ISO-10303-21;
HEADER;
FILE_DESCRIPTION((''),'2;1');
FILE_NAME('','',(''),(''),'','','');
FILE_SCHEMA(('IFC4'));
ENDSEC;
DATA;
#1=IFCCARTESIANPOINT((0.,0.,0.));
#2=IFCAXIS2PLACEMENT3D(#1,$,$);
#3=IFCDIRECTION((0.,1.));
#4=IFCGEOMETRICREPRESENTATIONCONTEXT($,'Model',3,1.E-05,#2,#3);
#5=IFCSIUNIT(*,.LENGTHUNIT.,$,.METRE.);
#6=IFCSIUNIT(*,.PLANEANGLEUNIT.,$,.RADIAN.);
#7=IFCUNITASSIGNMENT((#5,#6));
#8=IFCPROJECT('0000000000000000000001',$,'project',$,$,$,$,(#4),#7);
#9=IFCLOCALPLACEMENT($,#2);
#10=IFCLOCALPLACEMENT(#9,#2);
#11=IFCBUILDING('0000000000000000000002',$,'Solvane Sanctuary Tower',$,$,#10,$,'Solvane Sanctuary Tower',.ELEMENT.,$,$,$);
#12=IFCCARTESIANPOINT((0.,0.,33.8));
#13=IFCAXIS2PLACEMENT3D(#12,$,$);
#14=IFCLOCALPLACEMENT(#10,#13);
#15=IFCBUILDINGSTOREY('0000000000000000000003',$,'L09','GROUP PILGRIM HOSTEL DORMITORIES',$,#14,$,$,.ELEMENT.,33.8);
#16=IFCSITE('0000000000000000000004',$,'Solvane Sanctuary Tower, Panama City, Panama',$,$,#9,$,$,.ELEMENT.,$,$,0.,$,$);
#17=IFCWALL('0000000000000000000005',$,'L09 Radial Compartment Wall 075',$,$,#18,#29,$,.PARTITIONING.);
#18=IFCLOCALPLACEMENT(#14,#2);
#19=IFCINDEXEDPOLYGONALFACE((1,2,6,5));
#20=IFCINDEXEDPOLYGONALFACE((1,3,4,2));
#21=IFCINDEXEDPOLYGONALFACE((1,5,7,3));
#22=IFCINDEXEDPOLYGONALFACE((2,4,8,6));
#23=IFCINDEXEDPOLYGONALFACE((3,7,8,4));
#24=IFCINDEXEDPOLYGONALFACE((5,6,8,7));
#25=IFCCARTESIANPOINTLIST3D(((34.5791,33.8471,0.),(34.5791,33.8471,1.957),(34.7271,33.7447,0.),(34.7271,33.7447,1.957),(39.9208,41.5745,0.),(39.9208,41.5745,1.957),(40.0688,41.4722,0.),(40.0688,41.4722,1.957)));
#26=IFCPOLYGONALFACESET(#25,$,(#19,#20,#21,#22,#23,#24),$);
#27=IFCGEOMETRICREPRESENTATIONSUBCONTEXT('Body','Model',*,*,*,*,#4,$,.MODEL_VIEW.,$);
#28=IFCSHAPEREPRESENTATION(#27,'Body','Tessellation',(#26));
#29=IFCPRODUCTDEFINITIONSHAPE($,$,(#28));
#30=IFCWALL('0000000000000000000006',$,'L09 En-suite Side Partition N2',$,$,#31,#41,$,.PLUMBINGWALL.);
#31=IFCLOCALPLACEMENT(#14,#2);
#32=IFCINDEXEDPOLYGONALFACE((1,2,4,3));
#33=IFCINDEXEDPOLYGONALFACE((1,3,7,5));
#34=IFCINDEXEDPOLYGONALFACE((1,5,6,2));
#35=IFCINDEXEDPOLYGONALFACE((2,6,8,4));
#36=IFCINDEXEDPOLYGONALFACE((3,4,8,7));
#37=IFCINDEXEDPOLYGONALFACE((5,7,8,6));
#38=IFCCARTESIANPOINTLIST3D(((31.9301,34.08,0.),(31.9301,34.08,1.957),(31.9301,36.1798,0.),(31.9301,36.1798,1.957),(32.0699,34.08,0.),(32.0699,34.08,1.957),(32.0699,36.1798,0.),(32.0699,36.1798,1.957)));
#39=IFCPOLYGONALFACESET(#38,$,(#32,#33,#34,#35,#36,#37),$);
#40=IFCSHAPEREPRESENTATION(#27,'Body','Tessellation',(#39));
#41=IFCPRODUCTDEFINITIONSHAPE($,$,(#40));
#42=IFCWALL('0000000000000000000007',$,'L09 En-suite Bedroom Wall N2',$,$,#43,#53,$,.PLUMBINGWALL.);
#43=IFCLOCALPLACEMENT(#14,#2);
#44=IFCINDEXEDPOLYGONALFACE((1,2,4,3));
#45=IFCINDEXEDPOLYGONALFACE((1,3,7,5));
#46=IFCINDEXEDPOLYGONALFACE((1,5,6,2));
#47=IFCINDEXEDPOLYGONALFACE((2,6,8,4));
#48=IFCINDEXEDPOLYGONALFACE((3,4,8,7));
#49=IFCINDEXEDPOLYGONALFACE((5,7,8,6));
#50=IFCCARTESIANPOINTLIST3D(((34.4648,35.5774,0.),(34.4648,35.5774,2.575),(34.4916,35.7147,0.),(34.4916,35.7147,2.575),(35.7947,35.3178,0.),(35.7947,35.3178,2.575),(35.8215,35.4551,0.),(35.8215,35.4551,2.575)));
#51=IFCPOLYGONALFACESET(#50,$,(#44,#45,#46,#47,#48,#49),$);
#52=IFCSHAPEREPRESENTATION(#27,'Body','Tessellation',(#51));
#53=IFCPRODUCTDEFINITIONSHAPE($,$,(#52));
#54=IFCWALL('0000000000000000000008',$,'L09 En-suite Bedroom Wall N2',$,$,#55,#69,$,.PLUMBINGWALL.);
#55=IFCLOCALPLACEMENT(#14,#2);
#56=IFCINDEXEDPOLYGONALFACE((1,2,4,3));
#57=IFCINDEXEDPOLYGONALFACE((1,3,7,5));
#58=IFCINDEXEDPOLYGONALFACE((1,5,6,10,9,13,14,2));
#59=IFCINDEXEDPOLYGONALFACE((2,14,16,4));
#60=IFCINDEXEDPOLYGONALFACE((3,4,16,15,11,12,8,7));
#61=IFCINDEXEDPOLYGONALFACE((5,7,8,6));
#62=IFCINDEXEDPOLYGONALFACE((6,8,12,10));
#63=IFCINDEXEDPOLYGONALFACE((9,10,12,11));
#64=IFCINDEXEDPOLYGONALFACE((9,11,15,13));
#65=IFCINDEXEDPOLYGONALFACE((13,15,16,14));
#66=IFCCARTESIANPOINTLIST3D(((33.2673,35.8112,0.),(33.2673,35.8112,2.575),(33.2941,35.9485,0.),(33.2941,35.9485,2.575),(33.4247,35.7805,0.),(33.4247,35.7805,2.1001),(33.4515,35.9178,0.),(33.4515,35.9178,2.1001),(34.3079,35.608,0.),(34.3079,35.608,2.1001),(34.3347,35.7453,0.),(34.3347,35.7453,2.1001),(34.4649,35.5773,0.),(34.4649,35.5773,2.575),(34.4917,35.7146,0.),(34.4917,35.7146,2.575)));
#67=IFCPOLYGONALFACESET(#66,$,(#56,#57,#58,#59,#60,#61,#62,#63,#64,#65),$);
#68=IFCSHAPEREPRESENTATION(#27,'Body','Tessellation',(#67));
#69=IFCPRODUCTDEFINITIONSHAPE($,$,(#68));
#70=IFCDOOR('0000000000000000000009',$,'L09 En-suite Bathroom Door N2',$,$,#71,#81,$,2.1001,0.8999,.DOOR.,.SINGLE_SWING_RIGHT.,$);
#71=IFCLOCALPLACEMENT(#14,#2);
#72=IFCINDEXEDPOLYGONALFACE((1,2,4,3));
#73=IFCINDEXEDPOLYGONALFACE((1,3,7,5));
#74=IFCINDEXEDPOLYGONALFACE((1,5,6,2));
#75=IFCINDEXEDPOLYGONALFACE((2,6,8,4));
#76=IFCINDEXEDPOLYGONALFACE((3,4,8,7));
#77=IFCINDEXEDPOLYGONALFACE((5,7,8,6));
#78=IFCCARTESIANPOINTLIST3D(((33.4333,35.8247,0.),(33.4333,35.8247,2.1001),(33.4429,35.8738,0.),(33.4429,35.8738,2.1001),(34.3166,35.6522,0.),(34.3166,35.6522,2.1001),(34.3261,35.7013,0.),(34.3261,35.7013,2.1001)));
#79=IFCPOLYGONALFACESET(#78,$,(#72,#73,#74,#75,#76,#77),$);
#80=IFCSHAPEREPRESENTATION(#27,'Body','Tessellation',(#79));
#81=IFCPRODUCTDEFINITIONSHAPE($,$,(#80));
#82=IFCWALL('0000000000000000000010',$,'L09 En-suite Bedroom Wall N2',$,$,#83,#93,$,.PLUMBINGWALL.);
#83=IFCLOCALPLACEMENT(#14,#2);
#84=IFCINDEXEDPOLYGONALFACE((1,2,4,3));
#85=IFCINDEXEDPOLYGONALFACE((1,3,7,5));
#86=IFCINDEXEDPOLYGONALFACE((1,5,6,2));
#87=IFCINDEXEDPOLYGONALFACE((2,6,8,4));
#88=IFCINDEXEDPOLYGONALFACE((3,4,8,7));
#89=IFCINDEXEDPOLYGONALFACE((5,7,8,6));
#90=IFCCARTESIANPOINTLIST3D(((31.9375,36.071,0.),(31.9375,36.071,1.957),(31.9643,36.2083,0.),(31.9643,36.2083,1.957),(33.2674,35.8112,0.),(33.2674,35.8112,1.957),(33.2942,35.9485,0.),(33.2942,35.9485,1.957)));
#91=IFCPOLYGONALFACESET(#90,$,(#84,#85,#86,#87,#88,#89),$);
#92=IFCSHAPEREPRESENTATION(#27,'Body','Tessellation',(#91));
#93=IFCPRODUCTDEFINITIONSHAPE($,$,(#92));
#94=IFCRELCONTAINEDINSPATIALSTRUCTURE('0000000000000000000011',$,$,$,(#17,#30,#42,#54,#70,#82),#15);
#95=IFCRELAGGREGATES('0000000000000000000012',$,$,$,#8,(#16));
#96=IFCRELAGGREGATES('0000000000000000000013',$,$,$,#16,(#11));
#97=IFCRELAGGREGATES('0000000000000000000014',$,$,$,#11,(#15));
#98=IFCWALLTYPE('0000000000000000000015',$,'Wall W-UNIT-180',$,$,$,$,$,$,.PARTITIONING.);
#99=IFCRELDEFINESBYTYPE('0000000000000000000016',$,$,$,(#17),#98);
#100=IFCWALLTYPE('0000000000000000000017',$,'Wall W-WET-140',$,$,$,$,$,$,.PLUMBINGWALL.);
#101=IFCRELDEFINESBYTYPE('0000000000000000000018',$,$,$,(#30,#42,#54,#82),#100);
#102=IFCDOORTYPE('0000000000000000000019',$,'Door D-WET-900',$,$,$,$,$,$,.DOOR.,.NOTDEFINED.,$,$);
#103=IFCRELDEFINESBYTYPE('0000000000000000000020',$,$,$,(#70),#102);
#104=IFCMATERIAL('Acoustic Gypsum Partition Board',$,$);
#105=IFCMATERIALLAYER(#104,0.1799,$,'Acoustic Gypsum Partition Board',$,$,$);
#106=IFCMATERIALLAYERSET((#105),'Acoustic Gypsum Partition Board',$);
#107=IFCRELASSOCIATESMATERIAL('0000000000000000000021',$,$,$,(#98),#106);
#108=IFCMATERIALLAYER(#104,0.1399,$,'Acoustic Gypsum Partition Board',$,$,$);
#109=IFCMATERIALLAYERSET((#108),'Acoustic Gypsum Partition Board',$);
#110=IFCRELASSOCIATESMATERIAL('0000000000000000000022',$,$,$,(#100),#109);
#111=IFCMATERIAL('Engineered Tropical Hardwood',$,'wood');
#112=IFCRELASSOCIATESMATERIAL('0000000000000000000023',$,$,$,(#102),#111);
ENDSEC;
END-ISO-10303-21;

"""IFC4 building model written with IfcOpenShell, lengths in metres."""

from ifc_helpers import new_model, si_unit, direction, frame, frame_2d, origin, place, context, subcontext, project, spatial, rectangle, extrude, material, layer, layer_set, type_object, element, fill, save


model = new_model("IFC4")

# Units and contexts
model_context = context("Model", 3, precision=1e-05, world=origin(), true_north=direction((0.0, 1.0)))
body_context = subcontext(model_context, "Body", "Model", "MODEL_VIEW")
ifc_project = project(units=[si_unit("LENGTHUNIT", "METRE"), si_unit("PLANEANGLEUNIT", "RADIAN")], contexts=[model_context])

# Site, building, storey
site_placement = place(None, origin())
site = spatial("IfcSite", under=ifc_project, at=site_placement, Name="Solvane Sanctuary Tower, Panama City, Panama", CompositionType="ELEMENT", RefElevation=0.0)
building_placement = place(site_placement, origin())
building = spatial("IfcBuilding", under=site, at=building_placement, Name="Solvane Sanctuary Tower", LongName="Solvane Sanctuary Tower", CompositionType="ELEMENT")
storey_placement = place(building_placement, frame((0.0, 0.0, 33.8)))
storey = spatial("IfcBuildingStorey", under=building, at=storey_placement, Name="L09", Description="GROUP PILGRIM HOSTEL DORMITORIES", CompositionType="ELEMENT", Elevation=33.8)

# Shared definitions
ifc_material_1 = material(Name="Acoustic Gypsum Partition Board")

# Shared definitions
ifc_material_2 = material(Name="Engineered Tropical Hardwood", Category="wood")

# Walls
ifc_layer_1 = layer(ifc_material_1, 0.1799, Name="Acoustic Gypsum Partition Board")
ifc_layer_set_1 = layer_set([ifc_layer_1], Name="Acoustic Gypsum Partition Board")
wall_type_1 = type_object("IfcWallType", Name="Wall W-UNIT-180", PredefinedType="PARTITIONING", material=ifc_layer_set_1)
wall_1_placement = place(storey_placement, frame((34.6531, 33.7959, 0.0), z_axis=(0.0, 0.0, 1.0), x_axis=(0.568631, 0.822592, 0.0)))
element("IfcWall", 1, at=wall_1_placement, inside=storey, type_object=wall_type_1, Name="L09 Radial Compartment Wall 075", PredefinedType="PARTITIONING", context=body_context, shape_type="SweptSolid", body=[
    extrude(rectangle(XDim=9.394, YDim=0.1799, at=frame_2d((4.697, 0.0))), origin(), (0.0, 0.0, 1.0), 1.957),
])
ifc_layer_2 = layer(ifc_material_1, 0.1399, Name="Acoustic Gypsum Partition Board")
ifc_layer_set_2 = layer_set([ifc_layer_2], Name="Acoustic Gypsum Partition Board")
wall_type_2 = type_object("IfcWallType", Name="Wall W-WET-140", PredefinedType="PLUMBINGWALL", material=ifc_layer_set_2)
wall_2_placement = place(storey_placement, frame((32.0, 34.0801, 0.0), z_axis=(0.0, 0.0, 1.0), x_axis=(0.0, 1.0, 0.0)))
element("IfcWall", 2, at=wall_2_placement, inside=storey, type_object=wall_type_2, Name="L09 En-suite Side Partition N2", PredefinedType="PLUMBINGWALL", context=body_context, shape_type="SweptSolid", body=[
    extrude(rectangle(XDim=2.0999, YDim=0.1399, at=frame_2d((1.0498, 0.0))), origin(), (0.0, 0.0, 1.0), 1.957),
])
wall_3_placement = place(storey_placement, frame((35.8081, 35.3865, 0.0), z_axis=(0.0, 0.0, 1.0), x_axis=(-0.981485, 0.19154, 0.0)))
element("IfcWall", 3, at=wall_3_placement, inside=storey, type_object=wall_type_2, Name="L09 En-suite Bedroom Wall N2", PredefinedType="PLUMBINGWALL", context=body_context, shape_type="SweptSolid", body=[
    extrude(rectangle(XDim=1.355, YDim=0.1399, at=frame_2d((0.6775, 0.0))), origin(), (0.0, 0.0, 1.0), 2.575),
])

# Wall, opening, door
wall_4_placement = place(storey_placement, frame((34.4783, 35.646, 0.0), z_axis=(0.0, 0.0, 1.0), x_axis=(-0.981456, 0.191689, 0.0)))
wall_4 = element("IfcWall", 4, at=wall_4_placement, inside=storey, type_object=wall_type_2, Name="L09 En-suite Bedroom Wall N2", PredefinedType="PLUMBINGWALL", context=body_context, shape_type="SweptSolid", body=[
    extrude(rectangle(XDim=1.2202, YDim=0.1399, at=frame_2d((0.6101, 0.0))), origin(), (0.0, 0.0, 1.0), 2.575),
])
opening_1_placement = place(wall_4_placement, frame((0.1599, 0.0, 0.0)))
opening_1 = element("IfcOpeningElement", 5, at=opening_1_placement, cuts=wall_4, PredefinedType="OPENING", context=body_context, shape_type="SweptSolid", body=[
    extrude(rectangle(XDim=0.8999, YDim=2.1001, at=frame_2d((0.45, 1.05))), frame((0.0, 0.0798, 0.0), z_axis=(0.0, -1.0, 0.0), x_axis=(1.0, 0.0, 0.0)), (0.0, 0.0, 1.0), 0.1599),
])
door_type_1 = type_object("IfcDoorType", Name="Door D-WET-900", OperationType="NOTDEFINED", PredefinedType="DOOR", material=ifc_material_2)
door_1_placement = place(opening_1_placement, origin())
door_1 = element("IfcDoor", 6, at=door_1_placement, inside=storey, type_object=door_type_1, Name="L09 En-suite Bathroom Door N2", OperationType="SINGLE_SWING_RIGHT", OverallHeight=2.1001, OverallWidth=0.8999, PredefinedType="DOOR", context=body_context, shape_type="SweptSolid", body=[
    extrude(rectangle(XDim=0.8999, YDim=2.1001, at=frame_2d((0.45, 1.05))), frame((0.0, 0.0249, 0.0), z_axis=(0.0, -1.0, 0.0), x_axis=(1.0, 0.0, 0.0)), (0.0, 0.0, 1.0), 0.05),
])
fill(opening_1, door_1)

# Wall
wall_5_placement = place(storey_placement, frame((33.2808, 35.8799, 0.0), z_axis=(0.0, 0.0, 1.0), x_axis=(-0.981451, 0.191714, 0.0)))
element("IfcWall", 7, at=wall_5_placement, inside=storey, type_object=wall_type_2, Name="L09 En-suite Bedroom Wall N2", PredefinedType="PLUMBINGWALL", context=body_context, shape_type="SweptSolid", body=[
    extrude(rectangle(XDim=1.355, YDim=0.1399, at=frame_2d((0.6775, 0.0))), origin(), (0.0, 0.0, 1.0), 1.957),
])

save(model, "model.ifc")
